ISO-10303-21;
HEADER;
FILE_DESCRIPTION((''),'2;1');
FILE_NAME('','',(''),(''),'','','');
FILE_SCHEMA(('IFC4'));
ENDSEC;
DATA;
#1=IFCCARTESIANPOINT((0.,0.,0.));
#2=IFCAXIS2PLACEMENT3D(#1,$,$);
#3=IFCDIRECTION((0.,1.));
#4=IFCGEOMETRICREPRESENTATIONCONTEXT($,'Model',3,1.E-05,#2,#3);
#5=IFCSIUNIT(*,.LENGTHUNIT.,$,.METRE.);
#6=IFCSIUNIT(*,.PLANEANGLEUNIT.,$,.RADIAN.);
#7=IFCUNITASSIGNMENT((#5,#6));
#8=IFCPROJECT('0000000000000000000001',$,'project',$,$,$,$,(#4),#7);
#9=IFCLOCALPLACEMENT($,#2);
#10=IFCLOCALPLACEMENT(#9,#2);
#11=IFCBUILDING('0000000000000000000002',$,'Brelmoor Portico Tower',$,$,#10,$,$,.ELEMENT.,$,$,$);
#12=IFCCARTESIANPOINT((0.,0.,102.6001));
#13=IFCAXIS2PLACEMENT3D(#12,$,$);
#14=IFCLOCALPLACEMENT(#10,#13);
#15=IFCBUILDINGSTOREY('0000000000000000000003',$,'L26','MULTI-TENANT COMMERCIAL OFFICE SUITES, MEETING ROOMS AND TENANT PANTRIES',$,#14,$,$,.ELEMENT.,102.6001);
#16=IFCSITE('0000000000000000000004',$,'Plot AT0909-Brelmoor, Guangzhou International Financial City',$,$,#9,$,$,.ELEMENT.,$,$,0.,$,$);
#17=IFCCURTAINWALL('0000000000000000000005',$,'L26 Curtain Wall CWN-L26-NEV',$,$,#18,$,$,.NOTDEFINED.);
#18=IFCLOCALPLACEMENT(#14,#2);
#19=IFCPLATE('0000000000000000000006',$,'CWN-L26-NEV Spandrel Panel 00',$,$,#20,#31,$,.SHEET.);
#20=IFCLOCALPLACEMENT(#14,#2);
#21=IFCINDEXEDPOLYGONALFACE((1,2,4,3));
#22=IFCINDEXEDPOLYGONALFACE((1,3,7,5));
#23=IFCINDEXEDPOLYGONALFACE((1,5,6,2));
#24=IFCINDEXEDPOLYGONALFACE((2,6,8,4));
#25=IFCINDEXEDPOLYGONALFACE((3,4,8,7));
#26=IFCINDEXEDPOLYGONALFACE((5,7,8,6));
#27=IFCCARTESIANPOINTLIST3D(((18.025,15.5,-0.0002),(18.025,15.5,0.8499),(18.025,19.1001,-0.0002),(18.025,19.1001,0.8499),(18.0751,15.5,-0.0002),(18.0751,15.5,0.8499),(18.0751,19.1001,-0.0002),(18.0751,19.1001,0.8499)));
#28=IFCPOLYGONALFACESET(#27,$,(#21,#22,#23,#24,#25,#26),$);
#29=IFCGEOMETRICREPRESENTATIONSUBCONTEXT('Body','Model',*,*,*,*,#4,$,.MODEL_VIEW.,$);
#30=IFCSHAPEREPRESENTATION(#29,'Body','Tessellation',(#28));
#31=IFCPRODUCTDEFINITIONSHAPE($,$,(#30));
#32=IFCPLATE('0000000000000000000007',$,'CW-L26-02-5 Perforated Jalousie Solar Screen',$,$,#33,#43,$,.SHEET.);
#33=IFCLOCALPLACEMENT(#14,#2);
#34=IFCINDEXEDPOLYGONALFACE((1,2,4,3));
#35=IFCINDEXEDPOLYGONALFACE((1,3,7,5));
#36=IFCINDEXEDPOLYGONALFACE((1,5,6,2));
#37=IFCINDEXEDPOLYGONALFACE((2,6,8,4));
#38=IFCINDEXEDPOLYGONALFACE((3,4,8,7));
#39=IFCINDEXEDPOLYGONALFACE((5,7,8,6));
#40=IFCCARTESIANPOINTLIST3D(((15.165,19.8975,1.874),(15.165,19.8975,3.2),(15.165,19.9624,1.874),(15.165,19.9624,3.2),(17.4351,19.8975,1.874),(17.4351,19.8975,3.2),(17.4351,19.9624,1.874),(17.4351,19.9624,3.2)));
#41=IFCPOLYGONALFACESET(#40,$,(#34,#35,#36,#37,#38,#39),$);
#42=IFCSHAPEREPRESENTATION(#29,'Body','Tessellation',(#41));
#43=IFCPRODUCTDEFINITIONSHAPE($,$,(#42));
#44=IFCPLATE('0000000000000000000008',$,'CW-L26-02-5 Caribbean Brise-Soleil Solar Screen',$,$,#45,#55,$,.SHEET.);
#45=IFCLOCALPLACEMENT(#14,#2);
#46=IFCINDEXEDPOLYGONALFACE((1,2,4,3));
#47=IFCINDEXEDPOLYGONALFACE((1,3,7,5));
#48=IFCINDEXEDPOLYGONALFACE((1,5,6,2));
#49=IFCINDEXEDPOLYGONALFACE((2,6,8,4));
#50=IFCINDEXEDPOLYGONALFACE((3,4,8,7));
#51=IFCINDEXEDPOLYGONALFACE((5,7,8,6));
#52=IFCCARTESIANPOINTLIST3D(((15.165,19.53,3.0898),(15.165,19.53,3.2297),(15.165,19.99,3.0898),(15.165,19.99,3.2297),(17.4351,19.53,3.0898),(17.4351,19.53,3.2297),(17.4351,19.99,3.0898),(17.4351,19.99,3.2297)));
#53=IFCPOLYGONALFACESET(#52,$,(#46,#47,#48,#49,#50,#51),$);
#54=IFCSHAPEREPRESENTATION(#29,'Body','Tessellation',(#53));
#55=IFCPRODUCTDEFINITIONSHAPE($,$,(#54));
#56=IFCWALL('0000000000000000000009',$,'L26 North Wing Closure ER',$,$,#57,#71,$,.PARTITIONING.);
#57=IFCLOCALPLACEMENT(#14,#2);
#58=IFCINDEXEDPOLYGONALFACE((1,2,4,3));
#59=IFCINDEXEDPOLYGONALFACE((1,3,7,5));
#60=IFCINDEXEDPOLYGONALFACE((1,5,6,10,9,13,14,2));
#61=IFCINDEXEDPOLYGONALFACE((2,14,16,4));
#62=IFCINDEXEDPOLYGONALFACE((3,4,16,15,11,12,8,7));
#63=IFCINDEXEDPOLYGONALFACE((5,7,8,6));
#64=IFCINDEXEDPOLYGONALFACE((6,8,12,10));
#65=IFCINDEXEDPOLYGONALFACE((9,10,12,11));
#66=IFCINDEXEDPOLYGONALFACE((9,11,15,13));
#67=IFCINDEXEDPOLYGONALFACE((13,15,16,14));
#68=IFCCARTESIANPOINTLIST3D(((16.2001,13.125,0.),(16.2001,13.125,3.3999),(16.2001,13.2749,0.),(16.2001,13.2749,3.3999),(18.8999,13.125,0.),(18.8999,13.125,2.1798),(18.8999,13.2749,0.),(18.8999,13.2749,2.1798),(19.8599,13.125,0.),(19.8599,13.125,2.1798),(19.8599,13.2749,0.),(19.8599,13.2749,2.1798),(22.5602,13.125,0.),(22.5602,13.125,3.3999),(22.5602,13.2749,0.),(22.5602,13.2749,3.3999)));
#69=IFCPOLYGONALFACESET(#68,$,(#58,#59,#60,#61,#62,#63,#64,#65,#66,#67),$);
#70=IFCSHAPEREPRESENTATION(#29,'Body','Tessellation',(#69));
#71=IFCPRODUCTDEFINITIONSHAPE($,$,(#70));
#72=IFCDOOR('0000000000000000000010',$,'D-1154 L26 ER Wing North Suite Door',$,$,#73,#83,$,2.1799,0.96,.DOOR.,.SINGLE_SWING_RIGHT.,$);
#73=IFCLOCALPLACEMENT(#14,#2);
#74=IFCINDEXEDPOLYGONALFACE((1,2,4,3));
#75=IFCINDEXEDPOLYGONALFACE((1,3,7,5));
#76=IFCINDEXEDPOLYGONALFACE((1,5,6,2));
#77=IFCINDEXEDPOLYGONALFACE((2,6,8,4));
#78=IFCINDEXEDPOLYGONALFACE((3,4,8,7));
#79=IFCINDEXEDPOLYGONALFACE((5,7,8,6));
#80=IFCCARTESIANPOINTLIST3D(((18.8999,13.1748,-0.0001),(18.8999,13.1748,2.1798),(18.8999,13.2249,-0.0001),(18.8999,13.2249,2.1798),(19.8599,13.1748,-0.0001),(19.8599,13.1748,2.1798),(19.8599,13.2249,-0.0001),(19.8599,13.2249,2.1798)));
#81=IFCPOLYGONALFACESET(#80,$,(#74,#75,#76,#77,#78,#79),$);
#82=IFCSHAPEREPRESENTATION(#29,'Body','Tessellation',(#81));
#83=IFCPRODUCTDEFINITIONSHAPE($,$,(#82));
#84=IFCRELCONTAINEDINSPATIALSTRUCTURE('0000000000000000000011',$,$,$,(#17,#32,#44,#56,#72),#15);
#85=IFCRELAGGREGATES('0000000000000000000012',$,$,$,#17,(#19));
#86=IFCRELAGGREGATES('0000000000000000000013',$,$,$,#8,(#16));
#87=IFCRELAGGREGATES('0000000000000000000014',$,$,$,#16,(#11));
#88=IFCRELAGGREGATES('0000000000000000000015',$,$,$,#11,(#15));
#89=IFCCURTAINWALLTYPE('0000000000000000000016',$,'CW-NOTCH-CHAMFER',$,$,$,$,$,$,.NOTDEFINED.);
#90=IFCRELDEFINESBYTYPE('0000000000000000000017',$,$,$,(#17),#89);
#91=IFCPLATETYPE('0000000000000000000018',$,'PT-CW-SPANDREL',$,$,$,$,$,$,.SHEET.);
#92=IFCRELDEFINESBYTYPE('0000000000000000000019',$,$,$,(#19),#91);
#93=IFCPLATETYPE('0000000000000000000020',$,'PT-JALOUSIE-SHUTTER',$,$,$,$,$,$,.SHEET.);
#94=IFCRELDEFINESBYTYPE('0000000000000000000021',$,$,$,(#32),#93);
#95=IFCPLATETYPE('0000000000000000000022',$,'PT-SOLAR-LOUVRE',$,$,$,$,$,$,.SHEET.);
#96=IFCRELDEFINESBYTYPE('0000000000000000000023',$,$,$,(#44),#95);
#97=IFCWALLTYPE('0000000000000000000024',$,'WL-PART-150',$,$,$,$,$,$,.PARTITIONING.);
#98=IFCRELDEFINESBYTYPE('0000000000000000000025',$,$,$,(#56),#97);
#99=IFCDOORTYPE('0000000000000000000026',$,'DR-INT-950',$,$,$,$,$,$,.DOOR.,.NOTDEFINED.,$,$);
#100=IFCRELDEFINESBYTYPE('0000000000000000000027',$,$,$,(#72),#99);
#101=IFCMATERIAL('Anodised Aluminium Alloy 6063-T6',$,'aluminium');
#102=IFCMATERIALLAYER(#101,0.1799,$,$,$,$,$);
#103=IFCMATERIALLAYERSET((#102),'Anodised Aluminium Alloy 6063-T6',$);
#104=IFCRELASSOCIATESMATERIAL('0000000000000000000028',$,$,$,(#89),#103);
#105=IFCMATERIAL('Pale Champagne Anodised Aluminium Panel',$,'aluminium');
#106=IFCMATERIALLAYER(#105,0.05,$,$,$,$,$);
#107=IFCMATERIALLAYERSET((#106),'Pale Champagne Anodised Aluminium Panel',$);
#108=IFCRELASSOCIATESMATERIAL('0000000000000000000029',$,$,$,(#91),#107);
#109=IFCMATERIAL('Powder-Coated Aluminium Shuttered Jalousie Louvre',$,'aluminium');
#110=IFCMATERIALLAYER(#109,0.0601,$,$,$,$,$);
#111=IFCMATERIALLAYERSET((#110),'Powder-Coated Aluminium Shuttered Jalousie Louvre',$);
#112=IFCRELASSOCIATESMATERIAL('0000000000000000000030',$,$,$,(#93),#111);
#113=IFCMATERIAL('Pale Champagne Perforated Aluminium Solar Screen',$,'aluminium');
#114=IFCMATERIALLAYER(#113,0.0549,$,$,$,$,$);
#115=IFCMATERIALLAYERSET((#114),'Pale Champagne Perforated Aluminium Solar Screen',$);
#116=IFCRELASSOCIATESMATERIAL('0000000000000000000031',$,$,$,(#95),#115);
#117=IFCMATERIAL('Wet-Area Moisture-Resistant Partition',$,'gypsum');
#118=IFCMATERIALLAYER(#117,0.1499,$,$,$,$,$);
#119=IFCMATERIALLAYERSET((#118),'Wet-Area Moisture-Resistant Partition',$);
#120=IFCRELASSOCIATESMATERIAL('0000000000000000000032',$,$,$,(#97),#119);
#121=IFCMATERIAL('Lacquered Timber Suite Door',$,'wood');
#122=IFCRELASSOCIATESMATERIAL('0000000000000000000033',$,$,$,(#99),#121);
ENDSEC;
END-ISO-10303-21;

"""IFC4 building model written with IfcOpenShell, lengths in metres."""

from ifc_helpers import new_model, si_unit, direction, frame, frame_2d, origin, origin_2d, place, context, subcontext, project, spatial, rectangle, extrude, material, layer, layer_set, type_object, element, fill, aggregate, save


model = new_model("IFC4")

# Units and contexts
model_context = context("Model", 3, precision=1e-05, world=origin(), true_north=direction((0.0, 1.0)))
body_context = subcontext(model_context, "Body", "Model", "MODEL_VIEW")
ifc_project = project(units=[si_unit("LENGTHUNIT", "METRE"), si_unit("PLANEANGLEUNIT", "RADIAN")], contexts=[model_context])

# Site, building, storey
site_placement = place(None, origin())
site = spatial("IfcSite", under=ifc_project, at=site_placement, Name="Plot AT0909-Brelmoor, Guangzhou International Financial City", CompositionType="ELEMENT", RefElevation=0.0)
building_placement = place(site_placement, origin())
building = spatial("IfcBuilding", under=site, at=building_placement, Name="Brelmoor Portico Tower", CompositionType="ELEMENT")
storey_placement = place(building_placement, frame((0.0, 0.0, 102.6001)))
storey = spatial("IfcBuildingStorey", under=building, at=storey_placement, Name="L26", Description="MULTI-TENANT COMMERCIAL OFFICE SUITES, MEETING ROOMS AND TENANT PANTRIES", CompositionType="ELEMENT", Elevation=102.6001)

# Curtain wall
ifc_material_1 = material(Name="Anodised Aluminium Alloy 6063-T6", Category="aluminium")
ifc_layer_1 = layer(ifc_material_1, 0.1799)
ifc_layer_set_1 = layer_set([ifc_layer_1], Name="Anodised Aluminium Alloy 6063-T6")
curtain_wall_type_1 = type_object("IfcCurtainWallType", Name="CW-NOTCH-CHAMFER", PredefinedType="NOTDEFINED", material=ifc_layer_set_1)
curtain_wall_1_placement = place(storey_placement, origin())
curtain_wall_1 = element("IfcCurtainWall", 1, at=curtain_wall_1_placement, inside=storey, type_object=curtain_wall_type_1, Name="L26 Curtain Wall CWN-L26-NEV", PredefinedType="NOTDEFINED")

# Plate
ifc_material_2 = material(Name="Pale Champagne Anodised Aluminium Panel", Category="aluminium")
ifc_layer_2 = layer(ifc_material_2, 0.05)
ifc_layer_set_2 = layer_set([ifc_layer_2], Name="Pale Champagne Anodised Aluminium Panel")
plate_type_1 = type_object("IfcPlateType", Name="PT-CW-SPANDREL", PredefinedType="SHEET", material=ifc_layer_set_2)
plate_1_placement = place(storey_placement, frame((18.05, 17.3, -0.0002), z_axis=(0.0, 0.0, 1.0), x_axis=(0.0, 1.0, 0.0)))
plate_1 = element("IfcPlate", 2, at=plate_1_placement, type_object=plate_type_1, Name="CWN-L26-NEV Spandrel Panel 00", PredefinedType="SHEET", context=body_context, shape_type="SweptSolid", body=[
    extrude(rectangle(XDim=3.6001, YDim=0.05, at=origin_2d()), origin(), (0.0, 0.0, 1.0), 0.8501),
])
aggregate(curtain_wall_1, [plate_1])

# Plates
ifc_material_3 = material(Name="Powder-Coated Aluminium Shuttered Jalousie Louvre", Category="aluminium")
ifc_layer_3 = layer(ifc_material_3, 0.0601)
ifc_layer_set_3 = layer_set([ifc_layer_3], Name="Powder-Coated Aluminium Shuttered Jalousie Louvre")
plate_type_2 = type_object("IfcPlateType", Name="PT-JALOUSIE-SHUTTER", PredefinedType="SHEET", material=ifc_layer_set_3)
plate_2_placement = place(storey_placement, frame((16.3, 19.9299, 1.874), z_axis=(0.0, 0.0, 1.0), x_axis=(1.0, 0.0, 0.0)))
element("IfcPlate", 3, at=plate_2_placement, inside=storey, type_object=plate_type_2, Name="CW-L26-02-5 Perforated Jalousie Solar Screen", PredefinedType="SHEET", context=body_context, shape_type="SweptSolid", body=[
    extrude(rectangle(XDim=2.27, YDim=0.0649, at=origin_2d()), origin(), (0.0, 0.0, 1.0), 1.3259),
])
ifc_material_4 = material(Name="Pale Champagne Perforated Aluminium Solar Screen", Category="aluminium")
ifc_layer_4 = layer(ifc_material_4, 0.0549)
ifc_layer_set_4 = layer_set([ifc_layer_4], Name="Pale Champagne Perforated Aluminium Solar Screen")
plate_type_3 = type_object("IfcPlateType", Name="PT-SOLAR-LOUVRE", PredefinedType="SHEET", material=ifc_layer_set_4)
plate_3_placement = place(storey_placement, frame((16.3, 19.76, 3.0898), z_axis=(0.0, 0.0, 1.0), x_axis=(1.0, 0.0, 0.0)))
element("IfcPlate", 4, at=plate_3_placement, inside=storey, type_object=plate_type_3, Name="CW-L26-02-5 Caribbean Brise-Soleil Solar Screen", PredefinedType="SHEET", context=body_context, shape_type="SweptSolid", body=[
    extrude(rectangle(XDim=2.27, YDim=0.46, at=origin_2d()), origin(), (0.0, 0.0, 1.0), 0.1399),
])

# Wall, opening, door
ifc_material_5 = material(Name="Wet-Area Moisture-Resistant Partition", Category="gypsum")
ifc_layer_5 = layer(ifc_material_5, 0.1499)
ifc_layer_set_5 = layer_set([ifc_layer_5], Name="Wet-Area Moisture-Resistant Partition")
wall_type = type_object("IfcWallType", Name="WL-PART-150", PredefinedType="PARTITIONING", material=ifc_layer_set_5)
wall_placement = place(storey_placement, frame((16.2, 13.2, 0.0), z_axis=(0.0, 0.0, 1.0), x_axis=(1.0, 0.0, 0.0)))
wall = element("IfcWall", 5, at=wall_placement, inside=storey, type_object=wall_type, Name="L26 North Wing Closure ER", PredefinedType="PARTITIONING", context=body_context, shape_type="SweptSolid", body=[
    extrude(rectangle(XDim=6.3601, YDim=0.1499, at=frame_2d((3.1802, 0.0))), origin(), (0.0, 0.0, 1.0), 3.3999),
])
opening_placement = place(wall_placement, frame((2.7, 0.0, 0.0)))
opening = element("IfcOpeningElement", 6, at=opening_placement, cuts=wall, PredefinedType="OPENING", context=body_context, shape_type="SweptSolid", body=[
    extrude(rectangle(XDim=0.96, YDim=2.1799, at=frame_2d((0.48, 1.0898))), frame((0.0, 0.085, 0.0), z_axis=(0.0, -1.0, 0.0), x_axis=(1.0, 0.0, 0.0)), (0.0, 0.0, 1.0), 0.1699),
])
ifc_material_6 = material(Name="Lacquered Timber Suite Door", Category="wood")
door_type = type_object("IfcDoorType", Name="DR-INT-950", OperationType="NOTDEFINED", PredefinedType="DOOR", material=ifc_material_6)
door_placement = place(opening_placement, origin())
door = element("IfcDoor", 7, at=door_placement, inside=storey, type_object=door_type, Name="D-1154 L26 ER Wing North Suite Door", OperationType="SINGLE_SWING_RIGHT", OverallHeight=2.1799, OverallWidth=0.96, PredefinedType="DOOR", context=body_context, shape_type="SweptSolid", body=[
    extrude(rectangle(XDim=0.96, YDim=2.1799, at=frame_2d((0.48, 1.0898))), frame((0.0, 0.0249, 0.0), z_axis=(0.0, -1.0, 0.0), x_axis=(1.0, 0.0, 0.0)), (0.0, 0.0, 1.0), 0.05),
])
fill(opening, door)

save(model, "model.ifc")
